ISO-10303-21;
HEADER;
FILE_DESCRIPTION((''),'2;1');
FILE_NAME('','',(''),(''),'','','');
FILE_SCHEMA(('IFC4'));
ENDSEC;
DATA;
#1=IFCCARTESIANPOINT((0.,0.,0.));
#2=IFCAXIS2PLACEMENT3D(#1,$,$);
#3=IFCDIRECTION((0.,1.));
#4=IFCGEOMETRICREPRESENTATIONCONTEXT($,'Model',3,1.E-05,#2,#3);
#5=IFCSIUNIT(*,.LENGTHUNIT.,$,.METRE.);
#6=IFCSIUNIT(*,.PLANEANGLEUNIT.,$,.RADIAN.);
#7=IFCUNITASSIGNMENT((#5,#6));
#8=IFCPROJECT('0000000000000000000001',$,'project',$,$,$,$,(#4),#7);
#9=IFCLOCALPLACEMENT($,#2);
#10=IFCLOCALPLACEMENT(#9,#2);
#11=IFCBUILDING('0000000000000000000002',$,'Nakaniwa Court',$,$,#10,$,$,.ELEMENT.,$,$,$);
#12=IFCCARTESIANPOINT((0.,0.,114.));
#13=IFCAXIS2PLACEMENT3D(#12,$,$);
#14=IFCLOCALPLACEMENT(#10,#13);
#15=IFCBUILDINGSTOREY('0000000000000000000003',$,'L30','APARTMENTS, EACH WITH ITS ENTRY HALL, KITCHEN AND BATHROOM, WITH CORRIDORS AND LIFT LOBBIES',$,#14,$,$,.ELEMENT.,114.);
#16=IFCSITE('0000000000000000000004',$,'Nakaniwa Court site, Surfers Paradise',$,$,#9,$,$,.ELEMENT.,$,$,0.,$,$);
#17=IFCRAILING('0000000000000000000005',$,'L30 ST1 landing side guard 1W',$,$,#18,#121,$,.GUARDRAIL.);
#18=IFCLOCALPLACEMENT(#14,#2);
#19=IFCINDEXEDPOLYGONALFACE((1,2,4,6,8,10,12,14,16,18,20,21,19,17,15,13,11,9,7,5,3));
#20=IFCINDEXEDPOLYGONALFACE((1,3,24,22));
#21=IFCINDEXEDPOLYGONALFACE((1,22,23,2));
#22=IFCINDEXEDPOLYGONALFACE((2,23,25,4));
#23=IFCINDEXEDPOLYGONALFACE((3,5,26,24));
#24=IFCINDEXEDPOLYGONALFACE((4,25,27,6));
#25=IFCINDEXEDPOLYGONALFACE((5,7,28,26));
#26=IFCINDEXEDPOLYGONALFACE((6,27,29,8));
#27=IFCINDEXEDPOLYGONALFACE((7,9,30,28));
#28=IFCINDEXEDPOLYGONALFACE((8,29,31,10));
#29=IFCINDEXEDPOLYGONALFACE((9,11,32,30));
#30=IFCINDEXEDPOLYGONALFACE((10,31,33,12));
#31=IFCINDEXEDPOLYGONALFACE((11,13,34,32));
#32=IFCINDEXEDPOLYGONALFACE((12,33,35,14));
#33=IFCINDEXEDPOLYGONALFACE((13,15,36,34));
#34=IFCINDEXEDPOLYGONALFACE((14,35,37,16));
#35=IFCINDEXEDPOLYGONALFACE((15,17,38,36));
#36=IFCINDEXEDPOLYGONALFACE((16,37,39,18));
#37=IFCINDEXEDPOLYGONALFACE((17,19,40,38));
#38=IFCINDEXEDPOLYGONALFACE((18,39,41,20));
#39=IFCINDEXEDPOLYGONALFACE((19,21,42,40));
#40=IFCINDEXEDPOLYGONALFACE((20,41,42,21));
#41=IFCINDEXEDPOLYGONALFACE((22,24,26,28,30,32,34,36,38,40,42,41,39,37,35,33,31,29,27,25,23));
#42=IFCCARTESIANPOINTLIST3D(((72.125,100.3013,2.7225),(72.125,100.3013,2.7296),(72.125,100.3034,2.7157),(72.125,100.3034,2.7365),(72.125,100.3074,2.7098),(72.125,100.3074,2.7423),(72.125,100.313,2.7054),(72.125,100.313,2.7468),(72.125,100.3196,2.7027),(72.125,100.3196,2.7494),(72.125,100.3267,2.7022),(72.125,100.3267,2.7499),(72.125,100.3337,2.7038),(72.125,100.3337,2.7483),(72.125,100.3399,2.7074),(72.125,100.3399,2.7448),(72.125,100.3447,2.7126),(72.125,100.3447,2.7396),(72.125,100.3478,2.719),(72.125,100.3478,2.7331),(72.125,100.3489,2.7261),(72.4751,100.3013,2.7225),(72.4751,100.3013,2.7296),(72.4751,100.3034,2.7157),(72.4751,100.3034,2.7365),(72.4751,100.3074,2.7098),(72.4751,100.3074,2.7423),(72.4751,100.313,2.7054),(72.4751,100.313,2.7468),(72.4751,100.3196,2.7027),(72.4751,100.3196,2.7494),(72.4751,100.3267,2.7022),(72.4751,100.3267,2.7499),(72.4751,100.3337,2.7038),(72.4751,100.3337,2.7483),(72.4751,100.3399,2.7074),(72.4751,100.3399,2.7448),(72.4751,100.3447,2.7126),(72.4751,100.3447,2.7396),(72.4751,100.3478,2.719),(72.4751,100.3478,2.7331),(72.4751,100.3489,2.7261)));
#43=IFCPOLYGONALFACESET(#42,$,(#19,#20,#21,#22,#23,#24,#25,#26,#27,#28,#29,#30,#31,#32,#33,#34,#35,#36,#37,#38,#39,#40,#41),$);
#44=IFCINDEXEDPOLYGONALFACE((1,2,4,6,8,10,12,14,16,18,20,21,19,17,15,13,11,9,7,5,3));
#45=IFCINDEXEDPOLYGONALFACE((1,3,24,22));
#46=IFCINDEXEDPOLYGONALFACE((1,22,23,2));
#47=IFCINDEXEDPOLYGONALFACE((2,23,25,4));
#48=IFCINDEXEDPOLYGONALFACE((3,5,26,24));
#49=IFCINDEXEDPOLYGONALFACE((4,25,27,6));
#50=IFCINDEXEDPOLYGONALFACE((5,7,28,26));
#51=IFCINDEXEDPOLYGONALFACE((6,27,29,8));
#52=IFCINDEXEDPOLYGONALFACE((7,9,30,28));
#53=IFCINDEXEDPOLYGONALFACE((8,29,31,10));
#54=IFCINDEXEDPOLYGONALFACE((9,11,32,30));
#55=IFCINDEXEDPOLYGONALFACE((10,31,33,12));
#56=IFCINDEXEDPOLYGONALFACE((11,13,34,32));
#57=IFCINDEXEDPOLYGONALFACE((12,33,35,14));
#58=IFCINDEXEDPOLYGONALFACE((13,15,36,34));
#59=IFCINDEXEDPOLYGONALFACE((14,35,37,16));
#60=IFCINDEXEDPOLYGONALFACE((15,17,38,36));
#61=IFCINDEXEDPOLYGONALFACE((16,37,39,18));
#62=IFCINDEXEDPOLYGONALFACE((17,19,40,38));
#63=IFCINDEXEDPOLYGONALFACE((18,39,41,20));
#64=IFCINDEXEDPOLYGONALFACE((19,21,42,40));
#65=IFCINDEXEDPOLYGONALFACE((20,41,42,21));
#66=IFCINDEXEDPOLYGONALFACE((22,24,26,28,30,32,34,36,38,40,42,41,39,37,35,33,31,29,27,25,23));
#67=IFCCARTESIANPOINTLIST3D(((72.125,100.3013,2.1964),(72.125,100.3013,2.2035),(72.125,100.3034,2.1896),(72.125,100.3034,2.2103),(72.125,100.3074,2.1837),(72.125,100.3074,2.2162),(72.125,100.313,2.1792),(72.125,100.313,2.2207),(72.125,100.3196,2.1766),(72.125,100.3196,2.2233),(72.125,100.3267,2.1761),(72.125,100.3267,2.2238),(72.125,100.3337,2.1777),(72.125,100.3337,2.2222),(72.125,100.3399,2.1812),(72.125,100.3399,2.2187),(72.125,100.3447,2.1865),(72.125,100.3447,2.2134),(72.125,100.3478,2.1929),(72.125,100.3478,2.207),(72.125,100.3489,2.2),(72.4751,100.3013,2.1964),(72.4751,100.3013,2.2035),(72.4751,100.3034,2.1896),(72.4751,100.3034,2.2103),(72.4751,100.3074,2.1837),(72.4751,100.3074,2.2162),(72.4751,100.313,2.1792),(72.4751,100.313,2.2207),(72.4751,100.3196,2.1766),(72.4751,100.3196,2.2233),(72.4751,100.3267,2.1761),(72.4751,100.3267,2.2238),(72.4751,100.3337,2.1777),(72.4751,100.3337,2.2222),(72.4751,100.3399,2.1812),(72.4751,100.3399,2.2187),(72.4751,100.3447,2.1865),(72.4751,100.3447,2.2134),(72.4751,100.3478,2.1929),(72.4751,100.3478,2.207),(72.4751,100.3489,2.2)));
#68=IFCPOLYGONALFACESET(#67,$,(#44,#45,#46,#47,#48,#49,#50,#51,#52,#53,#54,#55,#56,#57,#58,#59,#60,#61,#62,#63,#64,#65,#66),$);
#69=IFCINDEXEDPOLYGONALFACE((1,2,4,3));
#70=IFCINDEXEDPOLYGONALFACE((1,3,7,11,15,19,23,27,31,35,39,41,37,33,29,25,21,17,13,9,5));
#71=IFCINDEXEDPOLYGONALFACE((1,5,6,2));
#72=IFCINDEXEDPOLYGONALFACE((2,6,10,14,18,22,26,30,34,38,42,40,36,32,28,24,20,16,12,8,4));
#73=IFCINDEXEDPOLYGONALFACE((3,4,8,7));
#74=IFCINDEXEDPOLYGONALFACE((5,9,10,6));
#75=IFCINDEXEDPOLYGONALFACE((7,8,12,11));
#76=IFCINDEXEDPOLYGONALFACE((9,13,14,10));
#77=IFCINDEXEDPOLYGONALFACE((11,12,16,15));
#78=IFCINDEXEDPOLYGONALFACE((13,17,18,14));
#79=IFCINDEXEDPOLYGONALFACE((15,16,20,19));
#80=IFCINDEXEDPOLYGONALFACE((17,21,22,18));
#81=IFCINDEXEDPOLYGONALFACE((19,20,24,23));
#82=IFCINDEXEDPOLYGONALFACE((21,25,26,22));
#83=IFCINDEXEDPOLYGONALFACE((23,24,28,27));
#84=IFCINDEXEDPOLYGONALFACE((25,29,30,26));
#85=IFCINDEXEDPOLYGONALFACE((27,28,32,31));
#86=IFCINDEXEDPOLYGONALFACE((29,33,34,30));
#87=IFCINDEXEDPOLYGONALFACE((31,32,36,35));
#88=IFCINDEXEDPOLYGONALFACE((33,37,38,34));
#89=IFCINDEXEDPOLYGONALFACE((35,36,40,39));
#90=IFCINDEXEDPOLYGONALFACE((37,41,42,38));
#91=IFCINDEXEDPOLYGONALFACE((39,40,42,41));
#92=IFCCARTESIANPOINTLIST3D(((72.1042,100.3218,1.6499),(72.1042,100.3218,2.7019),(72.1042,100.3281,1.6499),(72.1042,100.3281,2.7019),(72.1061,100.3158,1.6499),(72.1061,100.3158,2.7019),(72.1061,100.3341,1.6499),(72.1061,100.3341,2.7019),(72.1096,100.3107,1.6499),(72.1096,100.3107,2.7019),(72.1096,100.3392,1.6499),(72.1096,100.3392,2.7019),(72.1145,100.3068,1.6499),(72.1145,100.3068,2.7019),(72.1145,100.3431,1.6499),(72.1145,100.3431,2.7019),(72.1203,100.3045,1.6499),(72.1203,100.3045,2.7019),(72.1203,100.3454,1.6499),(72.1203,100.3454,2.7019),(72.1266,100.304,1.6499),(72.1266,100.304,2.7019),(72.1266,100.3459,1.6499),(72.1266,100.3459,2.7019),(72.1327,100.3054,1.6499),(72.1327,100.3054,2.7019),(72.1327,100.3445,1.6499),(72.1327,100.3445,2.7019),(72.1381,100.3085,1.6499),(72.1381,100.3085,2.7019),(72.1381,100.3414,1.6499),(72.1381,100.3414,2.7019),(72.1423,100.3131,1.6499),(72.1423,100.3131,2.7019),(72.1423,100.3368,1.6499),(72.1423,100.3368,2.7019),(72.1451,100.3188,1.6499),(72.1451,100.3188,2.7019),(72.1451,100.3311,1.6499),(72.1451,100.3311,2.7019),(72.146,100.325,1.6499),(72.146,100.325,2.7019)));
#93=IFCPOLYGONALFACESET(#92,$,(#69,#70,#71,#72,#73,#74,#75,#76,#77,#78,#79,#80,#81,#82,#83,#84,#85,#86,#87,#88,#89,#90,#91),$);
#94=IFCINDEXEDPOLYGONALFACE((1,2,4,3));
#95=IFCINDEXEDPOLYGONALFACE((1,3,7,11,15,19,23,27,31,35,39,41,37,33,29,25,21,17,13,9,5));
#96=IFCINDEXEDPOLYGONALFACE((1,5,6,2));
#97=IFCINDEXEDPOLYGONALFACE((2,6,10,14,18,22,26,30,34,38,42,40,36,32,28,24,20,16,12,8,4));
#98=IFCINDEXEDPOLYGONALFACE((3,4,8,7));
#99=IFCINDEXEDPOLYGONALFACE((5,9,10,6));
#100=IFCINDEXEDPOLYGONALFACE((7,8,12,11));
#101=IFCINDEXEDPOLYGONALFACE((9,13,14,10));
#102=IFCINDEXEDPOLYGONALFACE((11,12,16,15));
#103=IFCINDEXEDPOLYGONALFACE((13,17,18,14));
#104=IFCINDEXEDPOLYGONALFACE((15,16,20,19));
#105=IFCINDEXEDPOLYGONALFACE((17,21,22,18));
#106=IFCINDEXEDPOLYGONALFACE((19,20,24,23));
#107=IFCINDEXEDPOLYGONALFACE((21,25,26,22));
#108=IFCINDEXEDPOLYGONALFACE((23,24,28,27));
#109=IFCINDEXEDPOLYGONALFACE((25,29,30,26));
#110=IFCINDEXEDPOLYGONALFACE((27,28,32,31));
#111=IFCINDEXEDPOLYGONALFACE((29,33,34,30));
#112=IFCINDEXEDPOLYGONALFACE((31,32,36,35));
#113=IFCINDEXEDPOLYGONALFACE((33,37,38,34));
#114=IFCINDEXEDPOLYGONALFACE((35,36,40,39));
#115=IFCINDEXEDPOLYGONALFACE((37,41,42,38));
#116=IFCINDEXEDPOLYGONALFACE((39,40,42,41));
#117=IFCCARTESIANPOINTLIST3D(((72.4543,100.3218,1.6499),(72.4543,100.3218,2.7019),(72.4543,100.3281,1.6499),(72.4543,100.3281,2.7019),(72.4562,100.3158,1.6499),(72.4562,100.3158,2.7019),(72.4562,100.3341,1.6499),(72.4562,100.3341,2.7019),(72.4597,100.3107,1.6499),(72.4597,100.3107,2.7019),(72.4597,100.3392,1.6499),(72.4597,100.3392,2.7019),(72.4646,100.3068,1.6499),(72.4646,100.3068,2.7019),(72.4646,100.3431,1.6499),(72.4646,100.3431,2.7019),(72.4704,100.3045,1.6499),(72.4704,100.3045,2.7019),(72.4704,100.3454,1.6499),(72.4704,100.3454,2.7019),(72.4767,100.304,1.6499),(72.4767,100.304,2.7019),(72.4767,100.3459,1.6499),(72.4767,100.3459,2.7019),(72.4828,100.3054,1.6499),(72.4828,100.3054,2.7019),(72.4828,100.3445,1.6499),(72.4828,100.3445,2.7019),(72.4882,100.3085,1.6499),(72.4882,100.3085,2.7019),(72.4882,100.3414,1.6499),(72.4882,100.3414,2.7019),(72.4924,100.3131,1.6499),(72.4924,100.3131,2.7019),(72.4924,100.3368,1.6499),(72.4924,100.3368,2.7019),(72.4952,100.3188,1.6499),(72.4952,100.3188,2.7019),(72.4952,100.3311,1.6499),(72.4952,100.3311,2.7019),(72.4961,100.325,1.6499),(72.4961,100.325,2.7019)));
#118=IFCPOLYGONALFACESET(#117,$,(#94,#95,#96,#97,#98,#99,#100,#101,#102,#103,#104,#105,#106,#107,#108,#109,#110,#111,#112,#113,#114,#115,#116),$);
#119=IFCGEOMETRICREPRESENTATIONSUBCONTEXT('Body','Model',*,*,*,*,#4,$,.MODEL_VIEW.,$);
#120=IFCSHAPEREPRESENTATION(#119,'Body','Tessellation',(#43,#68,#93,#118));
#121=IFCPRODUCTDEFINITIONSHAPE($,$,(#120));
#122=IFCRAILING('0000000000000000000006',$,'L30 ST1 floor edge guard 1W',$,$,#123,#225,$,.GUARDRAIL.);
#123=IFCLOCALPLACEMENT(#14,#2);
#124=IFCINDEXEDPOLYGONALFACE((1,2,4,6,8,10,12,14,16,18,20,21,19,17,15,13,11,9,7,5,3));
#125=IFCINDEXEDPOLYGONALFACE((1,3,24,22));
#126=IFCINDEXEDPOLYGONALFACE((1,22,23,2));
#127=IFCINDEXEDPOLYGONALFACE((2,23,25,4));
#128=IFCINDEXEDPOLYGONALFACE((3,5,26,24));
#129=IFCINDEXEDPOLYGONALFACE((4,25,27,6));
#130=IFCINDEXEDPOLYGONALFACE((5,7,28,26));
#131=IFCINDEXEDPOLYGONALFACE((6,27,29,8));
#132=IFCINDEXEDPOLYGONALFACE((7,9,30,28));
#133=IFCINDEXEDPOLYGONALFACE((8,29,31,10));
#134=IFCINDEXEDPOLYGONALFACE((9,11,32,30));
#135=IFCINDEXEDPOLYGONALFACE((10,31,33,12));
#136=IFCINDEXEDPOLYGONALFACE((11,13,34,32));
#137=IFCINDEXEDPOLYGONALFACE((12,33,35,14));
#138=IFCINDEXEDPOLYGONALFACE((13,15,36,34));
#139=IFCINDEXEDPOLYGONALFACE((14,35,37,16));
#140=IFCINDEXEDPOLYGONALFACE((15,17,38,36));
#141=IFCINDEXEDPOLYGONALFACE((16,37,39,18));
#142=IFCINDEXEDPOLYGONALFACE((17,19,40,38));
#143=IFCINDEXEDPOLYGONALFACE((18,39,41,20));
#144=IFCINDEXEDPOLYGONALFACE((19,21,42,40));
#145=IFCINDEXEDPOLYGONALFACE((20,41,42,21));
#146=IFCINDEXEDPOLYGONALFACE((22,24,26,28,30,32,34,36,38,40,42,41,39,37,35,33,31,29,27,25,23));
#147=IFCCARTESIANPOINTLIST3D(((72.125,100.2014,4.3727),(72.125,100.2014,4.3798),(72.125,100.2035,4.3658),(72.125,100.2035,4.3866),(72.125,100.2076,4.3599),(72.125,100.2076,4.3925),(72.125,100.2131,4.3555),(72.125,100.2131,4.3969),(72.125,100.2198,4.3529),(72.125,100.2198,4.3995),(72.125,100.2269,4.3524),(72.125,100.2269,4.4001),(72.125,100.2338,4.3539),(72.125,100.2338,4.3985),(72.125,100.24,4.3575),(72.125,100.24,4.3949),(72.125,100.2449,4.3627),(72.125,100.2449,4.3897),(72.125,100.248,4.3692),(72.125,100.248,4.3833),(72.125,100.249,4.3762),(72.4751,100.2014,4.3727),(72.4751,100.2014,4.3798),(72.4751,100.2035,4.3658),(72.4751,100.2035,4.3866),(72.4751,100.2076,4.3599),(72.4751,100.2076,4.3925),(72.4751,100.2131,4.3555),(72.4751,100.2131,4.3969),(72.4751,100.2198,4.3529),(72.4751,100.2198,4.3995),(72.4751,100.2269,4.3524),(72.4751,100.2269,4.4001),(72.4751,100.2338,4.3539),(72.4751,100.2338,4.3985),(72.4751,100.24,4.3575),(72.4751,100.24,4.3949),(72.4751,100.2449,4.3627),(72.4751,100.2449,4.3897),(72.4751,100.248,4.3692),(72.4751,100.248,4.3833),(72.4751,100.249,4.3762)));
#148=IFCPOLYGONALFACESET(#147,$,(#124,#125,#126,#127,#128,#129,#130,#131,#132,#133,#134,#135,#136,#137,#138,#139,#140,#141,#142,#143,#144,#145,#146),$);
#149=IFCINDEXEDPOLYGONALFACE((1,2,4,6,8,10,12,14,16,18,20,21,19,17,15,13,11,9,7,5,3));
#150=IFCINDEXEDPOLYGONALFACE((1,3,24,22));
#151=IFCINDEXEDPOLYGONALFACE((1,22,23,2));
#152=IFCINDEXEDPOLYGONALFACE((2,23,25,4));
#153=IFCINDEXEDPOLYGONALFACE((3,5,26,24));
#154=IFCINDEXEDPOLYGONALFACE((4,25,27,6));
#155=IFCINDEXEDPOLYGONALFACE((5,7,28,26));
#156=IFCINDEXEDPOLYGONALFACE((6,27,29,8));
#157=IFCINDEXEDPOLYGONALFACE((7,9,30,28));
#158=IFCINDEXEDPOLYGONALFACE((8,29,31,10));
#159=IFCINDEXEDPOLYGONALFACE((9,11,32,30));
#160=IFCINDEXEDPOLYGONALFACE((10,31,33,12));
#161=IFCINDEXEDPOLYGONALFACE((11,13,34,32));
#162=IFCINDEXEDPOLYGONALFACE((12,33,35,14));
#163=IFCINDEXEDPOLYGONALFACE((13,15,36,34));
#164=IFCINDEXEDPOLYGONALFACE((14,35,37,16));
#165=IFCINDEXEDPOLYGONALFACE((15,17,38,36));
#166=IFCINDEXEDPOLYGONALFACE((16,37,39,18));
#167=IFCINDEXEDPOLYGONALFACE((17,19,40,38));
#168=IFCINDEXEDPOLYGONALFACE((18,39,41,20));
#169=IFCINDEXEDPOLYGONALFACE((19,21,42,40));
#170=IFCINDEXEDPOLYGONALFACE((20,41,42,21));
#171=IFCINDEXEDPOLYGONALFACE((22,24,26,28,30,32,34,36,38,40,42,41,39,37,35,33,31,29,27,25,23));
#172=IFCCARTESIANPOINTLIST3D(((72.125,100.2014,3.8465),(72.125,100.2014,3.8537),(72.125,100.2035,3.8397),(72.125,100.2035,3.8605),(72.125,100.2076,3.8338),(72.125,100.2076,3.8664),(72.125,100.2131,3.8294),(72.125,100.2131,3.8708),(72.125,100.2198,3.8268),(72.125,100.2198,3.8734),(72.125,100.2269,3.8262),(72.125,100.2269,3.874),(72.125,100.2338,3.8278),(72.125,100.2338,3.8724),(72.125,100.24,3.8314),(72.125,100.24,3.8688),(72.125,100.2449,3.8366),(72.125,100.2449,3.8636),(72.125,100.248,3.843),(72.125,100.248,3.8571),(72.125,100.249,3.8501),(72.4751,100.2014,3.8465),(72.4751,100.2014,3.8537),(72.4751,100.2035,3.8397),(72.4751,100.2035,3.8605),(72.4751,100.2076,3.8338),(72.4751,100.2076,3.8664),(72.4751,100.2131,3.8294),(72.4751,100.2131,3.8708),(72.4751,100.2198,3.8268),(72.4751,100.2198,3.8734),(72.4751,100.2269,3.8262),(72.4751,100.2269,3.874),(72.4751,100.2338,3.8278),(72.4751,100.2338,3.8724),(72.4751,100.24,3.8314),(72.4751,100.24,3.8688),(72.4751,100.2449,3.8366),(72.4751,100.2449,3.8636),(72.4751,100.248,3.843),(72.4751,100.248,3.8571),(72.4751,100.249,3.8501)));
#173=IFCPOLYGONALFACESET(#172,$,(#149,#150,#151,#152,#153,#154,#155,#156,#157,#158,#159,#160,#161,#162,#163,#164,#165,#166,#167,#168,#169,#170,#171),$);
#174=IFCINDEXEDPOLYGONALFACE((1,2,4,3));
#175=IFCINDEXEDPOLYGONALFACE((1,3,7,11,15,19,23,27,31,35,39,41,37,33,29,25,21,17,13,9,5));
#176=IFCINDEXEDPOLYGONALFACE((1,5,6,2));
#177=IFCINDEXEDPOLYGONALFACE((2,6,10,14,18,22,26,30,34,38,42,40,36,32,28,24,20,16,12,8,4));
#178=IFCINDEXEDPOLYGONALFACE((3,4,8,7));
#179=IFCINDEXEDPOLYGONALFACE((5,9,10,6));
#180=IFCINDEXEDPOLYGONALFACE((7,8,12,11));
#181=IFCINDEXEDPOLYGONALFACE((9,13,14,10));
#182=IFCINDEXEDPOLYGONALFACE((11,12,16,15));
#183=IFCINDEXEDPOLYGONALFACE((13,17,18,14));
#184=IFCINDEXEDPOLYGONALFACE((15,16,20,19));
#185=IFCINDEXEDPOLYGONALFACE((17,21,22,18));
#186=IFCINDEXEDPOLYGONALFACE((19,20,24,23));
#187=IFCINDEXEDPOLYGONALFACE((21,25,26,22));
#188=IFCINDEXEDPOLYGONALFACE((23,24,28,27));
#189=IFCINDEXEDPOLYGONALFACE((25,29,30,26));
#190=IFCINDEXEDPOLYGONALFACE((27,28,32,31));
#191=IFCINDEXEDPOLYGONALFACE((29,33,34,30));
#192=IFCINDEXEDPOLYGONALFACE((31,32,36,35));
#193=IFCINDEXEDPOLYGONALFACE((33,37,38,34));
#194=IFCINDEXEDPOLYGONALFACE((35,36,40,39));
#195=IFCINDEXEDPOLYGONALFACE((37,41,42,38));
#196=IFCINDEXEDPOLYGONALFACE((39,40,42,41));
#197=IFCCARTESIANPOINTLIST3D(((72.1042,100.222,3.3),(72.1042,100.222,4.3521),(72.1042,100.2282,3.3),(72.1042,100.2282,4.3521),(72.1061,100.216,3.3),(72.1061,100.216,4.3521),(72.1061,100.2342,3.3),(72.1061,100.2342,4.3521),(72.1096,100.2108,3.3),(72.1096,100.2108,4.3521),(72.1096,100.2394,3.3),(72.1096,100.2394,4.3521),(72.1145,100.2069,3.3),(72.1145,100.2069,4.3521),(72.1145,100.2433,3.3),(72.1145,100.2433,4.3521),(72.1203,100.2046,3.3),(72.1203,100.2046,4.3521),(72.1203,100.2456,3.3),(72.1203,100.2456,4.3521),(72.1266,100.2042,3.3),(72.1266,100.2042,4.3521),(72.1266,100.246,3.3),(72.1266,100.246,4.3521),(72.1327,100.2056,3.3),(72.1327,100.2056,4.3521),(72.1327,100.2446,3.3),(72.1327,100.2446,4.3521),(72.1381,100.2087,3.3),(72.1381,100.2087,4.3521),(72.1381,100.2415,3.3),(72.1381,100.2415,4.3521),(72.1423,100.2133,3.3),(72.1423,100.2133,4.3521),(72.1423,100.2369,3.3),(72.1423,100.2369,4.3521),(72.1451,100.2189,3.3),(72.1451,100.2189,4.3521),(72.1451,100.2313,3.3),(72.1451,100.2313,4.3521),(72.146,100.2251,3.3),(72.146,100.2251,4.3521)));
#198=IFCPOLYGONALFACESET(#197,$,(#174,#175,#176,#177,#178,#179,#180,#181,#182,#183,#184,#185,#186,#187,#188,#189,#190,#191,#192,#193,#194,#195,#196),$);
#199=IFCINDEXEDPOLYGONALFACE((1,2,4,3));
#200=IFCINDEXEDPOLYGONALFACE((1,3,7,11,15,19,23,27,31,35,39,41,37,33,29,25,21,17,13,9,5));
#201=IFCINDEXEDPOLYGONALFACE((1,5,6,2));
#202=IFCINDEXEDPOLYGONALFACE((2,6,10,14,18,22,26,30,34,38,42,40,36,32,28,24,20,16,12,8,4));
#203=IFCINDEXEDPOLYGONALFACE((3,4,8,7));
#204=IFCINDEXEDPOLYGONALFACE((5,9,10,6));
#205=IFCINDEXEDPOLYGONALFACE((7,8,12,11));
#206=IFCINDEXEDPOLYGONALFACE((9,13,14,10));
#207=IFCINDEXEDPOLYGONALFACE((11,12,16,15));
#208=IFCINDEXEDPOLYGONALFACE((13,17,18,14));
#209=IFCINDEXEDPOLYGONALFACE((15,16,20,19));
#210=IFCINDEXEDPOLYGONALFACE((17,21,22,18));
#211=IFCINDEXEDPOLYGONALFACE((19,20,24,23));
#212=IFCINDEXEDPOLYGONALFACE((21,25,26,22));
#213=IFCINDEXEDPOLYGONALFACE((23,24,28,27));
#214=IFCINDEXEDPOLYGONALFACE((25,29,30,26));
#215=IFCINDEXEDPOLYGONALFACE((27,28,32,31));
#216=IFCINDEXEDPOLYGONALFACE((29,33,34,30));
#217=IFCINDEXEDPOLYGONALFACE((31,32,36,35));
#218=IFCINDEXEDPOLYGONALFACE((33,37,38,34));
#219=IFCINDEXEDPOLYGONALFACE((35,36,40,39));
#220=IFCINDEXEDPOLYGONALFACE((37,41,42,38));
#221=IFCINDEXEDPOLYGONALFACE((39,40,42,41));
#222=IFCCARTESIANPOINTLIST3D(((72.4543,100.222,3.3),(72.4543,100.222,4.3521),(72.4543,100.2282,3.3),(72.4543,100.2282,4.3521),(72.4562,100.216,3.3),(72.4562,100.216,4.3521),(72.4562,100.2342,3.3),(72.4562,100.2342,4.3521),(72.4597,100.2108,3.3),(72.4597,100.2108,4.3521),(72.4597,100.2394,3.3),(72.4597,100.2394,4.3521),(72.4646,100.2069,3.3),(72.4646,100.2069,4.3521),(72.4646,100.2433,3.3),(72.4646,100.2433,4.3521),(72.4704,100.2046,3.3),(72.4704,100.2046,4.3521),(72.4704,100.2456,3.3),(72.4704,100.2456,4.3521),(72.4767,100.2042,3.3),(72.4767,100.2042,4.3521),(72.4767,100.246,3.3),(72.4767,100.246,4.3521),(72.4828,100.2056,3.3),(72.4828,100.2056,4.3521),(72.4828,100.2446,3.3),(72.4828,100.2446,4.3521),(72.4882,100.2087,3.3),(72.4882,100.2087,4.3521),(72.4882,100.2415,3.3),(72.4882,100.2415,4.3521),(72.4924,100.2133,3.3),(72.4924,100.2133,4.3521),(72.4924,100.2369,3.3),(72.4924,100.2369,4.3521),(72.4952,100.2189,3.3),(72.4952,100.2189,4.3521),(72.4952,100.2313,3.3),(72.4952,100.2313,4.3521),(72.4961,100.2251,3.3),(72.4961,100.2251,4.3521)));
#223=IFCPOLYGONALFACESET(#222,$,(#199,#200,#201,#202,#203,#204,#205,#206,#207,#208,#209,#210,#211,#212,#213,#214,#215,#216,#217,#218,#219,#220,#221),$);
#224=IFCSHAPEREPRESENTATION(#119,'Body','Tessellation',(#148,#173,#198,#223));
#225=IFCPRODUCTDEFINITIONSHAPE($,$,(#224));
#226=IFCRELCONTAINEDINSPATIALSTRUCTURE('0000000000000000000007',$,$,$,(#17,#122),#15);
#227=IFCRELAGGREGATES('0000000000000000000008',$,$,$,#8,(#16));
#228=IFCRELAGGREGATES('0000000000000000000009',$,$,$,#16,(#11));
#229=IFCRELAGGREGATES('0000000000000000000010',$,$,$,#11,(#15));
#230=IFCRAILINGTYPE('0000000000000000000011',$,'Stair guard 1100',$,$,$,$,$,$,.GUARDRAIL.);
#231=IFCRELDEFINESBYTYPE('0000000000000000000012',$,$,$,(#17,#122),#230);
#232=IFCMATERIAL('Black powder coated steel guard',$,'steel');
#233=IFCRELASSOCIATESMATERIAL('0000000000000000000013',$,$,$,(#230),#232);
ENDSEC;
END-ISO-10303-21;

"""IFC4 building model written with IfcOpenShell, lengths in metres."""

from ifc_helpers import new_model, si_unit, direction, frame, origin, origin_2d, place, context, subcontext, project, spatial, circle, extrude, material, type_object, element, save


model = new_model("IFC4")

# Units and contexts
model_context = context("Model", 3, precision=1e-05, world=origin(), true_north=direction((0.0, 1.0)))
body_context = subcontext(model_context, "Body", "Model", "MODEL_VIEW")
ifc_project = project(units=[si_unit("LENGTHUNIT", "METRE"), si_unit("PLANEANGLEUNIT", "RADIAN")], contexts=[model_context])

# Site, building, storey
site_placement = place(None, origin())
site = spatial("IfcSite", under=ifc_project, at=site_placement, Name="Nakaniwa Court site, Surfers Paradise", CompositionType="ELEMENT", RefElevation=0.0)
building_placement = place(site_placement, origin())
building = spatial("IfcBuilding", under=site, at=building_placement, Name="Nakaniwa Court", CompositionType="ELEMENT")
storey_placement = place(building_placement, frame((0.0, 0.0, 114.0)))
storey = spatial("IfcBuildingStorey", under=building, at=storey_placement, Name="L30", Description="APARTMENTS, EACH WITH ITS ENTRY HALL, KITCHEN AND BATHROOM, WITH CORRIDORS AND LIFT LOBBIES", CompositionType="ELEMENT", Elevation=114.0)

# Railings
ifc_material_1 = material(Name="Black powder coated steel guard", Category="steel")
railing_type_1 = type_object("IfcRailingType", Name="Stair guard 1100", PredefinedType="GUARDRAIL", material=ifc_material_1)
for number, where, name in (
    (1, (72.125, 100.325, 1.6499), "L30 ST1 landing side guard 1W"),
    (2, (72.125, 100.2251, 3.3), "L30 ST1 floor edge guard 1W"),
):
    element("IfcRailing", number, at=place(storey_placement, frame(where)), inside=storey, type_object=railing_type_1, Name=name, PredefinedType="GUARDRAIL", context=body_context, shape_type="SweptSolid", body=[
        extrude(circle(Radius=0.0239, at=origin_2d()), frame((0.0, 0.0, 1.0762), z_axis=(1.0, 0.0, 0.0), x_axis=(0.0, 1.0, 0.0)), (0.0, 0.0, 1.0), 0.3501),
        extrude(circle(Radius=0.0239, at=origin_2d()), frame((0.0, 0.0, 0.55), z_axis=(1.0, 0.0, 0.0), x_axis=(0.0, 1.0, 0.0)), (0.0, 0.0, 1.0), 0.3501),
        extrude(circle(Radius=0.021, at=origin_2d()), origin(), (0.0, 0.0, 1.0), 1.052),
        extrude(circle(Radius=0.021, at=origin_2d()), frame((0.3501, 0.0, 0.0)), (0.0, 0.0, 1.0), 1.052),
    ])

save(model, "model.ifc")
